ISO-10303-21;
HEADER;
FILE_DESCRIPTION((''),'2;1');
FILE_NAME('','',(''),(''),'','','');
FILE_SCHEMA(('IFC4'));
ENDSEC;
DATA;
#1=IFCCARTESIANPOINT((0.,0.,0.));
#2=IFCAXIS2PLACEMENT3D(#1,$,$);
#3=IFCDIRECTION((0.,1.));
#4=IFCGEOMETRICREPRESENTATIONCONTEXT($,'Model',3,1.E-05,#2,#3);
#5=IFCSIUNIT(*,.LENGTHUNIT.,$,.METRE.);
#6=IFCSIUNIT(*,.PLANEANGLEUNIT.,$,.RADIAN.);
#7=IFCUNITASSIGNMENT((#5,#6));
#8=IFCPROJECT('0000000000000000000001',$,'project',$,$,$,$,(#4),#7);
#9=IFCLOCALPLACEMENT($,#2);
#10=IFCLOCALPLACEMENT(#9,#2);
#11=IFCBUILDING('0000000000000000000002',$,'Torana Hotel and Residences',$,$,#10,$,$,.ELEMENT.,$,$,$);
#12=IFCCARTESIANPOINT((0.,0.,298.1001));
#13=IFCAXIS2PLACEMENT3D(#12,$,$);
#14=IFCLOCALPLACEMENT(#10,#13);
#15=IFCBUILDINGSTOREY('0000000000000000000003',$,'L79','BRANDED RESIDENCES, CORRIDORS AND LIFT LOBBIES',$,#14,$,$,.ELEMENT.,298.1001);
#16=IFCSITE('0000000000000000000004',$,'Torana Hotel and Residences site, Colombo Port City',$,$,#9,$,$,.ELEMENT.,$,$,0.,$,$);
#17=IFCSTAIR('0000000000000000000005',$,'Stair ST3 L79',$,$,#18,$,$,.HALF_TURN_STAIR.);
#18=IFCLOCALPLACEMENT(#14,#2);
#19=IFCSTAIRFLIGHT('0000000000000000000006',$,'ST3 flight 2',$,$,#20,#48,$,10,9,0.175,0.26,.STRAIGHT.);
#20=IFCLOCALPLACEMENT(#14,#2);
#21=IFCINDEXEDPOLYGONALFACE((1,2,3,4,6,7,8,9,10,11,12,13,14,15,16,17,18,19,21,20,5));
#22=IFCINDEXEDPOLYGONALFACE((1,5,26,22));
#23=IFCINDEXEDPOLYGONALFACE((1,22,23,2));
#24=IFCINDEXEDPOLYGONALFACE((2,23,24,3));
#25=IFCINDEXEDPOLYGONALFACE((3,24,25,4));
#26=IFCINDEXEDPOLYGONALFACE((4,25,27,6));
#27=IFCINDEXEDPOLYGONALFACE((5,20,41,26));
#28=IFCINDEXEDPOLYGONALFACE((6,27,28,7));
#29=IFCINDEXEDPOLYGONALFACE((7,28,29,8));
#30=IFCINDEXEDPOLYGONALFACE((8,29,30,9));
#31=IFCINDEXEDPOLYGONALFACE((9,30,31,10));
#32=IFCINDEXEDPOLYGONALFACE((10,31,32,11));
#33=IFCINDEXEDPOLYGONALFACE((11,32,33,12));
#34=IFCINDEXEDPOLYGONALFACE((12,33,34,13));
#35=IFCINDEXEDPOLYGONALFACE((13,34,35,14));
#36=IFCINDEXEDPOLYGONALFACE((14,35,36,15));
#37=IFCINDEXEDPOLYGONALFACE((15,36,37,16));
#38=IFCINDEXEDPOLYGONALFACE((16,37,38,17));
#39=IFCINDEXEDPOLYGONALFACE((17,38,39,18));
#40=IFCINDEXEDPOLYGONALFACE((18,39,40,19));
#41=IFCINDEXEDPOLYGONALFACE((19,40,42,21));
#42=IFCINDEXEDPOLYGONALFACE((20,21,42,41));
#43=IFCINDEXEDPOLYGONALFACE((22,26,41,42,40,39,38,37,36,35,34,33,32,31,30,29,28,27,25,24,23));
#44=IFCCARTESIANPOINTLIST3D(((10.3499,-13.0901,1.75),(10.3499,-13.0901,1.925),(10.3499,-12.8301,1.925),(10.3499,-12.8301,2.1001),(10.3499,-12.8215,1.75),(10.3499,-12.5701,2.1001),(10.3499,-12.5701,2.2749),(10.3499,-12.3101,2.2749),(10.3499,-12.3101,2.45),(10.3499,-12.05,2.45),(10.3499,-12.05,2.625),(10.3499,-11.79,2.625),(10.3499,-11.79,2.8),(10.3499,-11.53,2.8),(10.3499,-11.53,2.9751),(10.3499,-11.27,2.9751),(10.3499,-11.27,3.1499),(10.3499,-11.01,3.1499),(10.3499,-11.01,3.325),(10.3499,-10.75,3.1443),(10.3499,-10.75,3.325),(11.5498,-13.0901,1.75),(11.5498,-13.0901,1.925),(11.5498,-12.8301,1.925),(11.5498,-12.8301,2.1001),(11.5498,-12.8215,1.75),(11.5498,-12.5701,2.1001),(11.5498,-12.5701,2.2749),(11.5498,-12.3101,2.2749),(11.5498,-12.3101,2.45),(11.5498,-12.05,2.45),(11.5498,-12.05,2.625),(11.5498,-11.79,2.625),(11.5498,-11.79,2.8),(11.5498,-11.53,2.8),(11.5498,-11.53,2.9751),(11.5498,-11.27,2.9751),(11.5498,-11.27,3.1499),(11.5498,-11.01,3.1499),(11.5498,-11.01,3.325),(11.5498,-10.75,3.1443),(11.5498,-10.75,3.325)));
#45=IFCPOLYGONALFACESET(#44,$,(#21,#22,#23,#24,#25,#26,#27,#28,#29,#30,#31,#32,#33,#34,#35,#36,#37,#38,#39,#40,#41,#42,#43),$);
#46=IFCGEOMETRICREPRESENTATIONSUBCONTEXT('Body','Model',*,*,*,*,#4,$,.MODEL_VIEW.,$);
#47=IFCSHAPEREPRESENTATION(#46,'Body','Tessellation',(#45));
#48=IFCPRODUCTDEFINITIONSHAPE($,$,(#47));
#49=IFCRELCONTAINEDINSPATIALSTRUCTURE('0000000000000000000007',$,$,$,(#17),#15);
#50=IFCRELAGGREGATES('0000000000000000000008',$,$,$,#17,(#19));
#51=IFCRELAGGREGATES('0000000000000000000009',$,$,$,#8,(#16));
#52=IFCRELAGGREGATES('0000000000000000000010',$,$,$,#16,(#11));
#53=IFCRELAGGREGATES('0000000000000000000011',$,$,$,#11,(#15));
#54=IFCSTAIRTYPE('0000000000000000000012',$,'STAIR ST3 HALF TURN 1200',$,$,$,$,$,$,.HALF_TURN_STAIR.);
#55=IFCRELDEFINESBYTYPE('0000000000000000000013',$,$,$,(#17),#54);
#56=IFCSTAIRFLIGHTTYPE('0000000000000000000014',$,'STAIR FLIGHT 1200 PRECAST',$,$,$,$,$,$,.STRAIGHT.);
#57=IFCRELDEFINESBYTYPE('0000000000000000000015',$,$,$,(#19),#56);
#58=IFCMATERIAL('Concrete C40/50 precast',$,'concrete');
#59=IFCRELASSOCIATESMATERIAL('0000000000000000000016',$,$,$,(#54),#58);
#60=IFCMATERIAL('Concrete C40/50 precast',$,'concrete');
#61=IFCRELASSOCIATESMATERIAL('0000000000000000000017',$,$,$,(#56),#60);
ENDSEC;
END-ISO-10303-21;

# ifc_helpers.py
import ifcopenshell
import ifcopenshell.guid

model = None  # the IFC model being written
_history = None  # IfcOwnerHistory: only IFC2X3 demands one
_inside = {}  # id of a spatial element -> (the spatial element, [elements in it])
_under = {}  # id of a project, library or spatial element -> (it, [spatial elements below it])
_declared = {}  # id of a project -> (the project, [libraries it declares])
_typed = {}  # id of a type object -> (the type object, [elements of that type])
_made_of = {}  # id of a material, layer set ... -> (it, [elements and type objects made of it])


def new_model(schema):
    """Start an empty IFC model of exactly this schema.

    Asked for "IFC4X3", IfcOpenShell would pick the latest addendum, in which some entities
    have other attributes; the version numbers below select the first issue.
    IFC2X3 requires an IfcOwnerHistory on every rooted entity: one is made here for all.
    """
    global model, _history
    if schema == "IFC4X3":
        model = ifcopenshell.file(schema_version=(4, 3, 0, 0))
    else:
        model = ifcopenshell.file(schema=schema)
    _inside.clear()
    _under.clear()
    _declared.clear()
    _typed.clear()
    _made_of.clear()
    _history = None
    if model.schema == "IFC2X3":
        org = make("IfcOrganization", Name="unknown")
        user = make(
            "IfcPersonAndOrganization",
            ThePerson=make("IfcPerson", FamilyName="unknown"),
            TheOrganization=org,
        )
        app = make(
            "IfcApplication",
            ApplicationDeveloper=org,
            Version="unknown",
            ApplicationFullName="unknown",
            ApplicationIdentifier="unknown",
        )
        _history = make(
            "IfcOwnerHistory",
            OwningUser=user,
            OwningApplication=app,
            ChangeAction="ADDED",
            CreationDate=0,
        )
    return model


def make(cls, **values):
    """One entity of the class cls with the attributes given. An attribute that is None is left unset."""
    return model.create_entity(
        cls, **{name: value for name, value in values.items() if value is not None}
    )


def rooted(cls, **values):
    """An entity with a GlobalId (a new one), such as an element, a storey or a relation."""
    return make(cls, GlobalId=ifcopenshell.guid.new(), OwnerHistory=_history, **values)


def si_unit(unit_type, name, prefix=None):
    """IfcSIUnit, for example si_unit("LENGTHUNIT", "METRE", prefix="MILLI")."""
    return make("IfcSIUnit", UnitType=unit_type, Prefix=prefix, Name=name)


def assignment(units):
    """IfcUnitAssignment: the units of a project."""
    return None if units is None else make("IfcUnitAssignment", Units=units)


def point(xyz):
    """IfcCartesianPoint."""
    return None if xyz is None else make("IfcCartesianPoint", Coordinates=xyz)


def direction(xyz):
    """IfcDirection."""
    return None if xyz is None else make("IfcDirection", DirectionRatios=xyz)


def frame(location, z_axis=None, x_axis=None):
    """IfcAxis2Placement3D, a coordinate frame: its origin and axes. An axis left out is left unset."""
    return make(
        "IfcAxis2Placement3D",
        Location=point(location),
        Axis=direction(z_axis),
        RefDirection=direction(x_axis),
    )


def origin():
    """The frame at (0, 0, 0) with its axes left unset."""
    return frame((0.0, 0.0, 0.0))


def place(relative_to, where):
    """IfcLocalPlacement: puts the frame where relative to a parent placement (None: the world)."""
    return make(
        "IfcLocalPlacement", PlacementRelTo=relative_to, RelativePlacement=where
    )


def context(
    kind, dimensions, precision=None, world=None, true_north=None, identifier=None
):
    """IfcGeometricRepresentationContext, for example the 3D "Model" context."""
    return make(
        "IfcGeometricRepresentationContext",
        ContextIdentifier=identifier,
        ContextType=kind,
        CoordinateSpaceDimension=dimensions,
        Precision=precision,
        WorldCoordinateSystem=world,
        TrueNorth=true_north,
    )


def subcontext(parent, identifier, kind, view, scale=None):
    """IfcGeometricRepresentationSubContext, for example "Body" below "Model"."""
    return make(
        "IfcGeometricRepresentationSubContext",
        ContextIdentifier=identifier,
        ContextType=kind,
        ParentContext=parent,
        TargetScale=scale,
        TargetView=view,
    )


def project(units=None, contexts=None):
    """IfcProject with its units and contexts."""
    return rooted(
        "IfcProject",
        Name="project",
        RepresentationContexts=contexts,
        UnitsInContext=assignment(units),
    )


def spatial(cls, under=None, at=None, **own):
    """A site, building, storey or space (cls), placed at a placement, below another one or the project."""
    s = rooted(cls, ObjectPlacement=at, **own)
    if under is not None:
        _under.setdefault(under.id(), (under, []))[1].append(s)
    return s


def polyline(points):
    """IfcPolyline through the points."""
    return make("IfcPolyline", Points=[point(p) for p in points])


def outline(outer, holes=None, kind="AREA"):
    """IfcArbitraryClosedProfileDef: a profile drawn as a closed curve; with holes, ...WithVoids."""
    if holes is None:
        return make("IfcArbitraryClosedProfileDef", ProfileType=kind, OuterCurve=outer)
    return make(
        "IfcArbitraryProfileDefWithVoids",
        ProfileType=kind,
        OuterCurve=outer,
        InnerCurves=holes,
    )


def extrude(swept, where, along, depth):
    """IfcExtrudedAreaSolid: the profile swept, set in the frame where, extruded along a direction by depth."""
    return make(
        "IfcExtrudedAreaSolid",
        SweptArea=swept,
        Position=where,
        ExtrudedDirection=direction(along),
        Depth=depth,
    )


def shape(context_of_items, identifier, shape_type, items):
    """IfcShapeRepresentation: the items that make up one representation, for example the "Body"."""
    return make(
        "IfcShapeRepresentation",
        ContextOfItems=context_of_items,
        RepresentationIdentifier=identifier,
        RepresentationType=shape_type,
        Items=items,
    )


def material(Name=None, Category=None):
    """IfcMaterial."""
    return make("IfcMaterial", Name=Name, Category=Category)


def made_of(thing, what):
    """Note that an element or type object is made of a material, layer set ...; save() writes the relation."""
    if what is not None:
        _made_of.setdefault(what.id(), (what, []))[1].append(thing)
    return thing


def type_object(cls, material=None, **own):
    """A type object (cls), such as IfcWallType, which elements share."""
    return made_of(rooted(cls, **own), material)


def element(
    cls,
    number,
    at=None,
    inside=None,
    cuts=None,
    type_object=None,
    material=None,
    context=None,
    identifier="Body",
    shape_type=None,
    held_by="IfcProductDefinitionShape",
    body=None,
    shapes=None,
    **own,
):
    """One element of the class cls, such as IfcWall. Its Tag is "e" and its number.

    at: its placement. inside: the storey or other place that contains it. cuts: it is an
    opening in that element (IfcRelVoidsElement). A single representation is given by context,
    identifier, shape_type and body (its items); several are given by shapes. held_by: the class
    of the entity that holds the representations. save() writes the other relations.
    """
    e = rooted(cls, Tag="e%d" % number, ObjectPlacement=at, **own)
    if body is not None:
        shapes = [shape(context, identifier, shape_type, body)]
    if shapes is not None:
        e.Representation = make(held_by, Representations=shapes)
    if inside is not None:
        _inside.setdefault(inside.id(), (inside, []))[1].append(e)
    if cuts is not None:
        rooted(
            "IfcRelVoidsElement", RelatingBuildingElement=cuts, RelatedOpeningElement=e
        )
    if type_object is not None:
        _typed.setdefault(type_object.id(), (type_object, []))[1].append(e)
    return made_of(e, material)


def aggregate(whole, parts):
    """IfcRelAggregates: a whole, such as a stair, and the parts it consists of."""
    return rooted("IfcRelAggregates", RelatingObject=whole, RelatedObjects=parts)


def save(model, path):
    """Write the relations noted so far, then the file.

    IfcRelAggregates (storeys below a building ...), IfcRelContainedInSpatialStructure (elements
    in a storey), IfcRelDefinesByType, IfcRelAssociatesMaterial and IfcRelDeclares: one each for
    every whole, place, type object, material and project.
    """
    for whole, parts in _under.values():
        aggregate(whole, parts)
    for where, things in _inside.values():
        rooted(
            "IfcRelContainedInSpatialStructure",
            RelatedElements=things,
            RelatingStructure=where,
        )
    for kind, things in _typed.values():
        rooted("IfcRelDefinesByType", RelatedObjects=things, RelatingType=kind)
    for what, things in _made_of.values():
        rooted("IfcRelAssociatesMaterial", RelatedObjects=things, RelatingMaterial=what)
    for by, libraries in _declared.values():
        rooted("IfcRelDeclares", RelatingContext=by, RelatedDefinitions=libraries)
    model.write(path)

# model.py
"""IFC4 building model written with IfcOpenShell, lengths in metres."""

from ifc_helpers import new_model, si_unit, direction, frame, origin, place, context, subcontext, project, spatial, polyline, outline, extrude, material, type_object, element, aggregate, save


model = new_model("IFC4")

# Units and contexts
model_context = context("Model", 3, precision=1e-05, world=origin(), true_north=direction((0.0, 1.0)))
body_context = subcontext(model_context, "Body", "Model", "MODEL_VIEW")
ifc_project = project(units=[si_unit("LENGTHUNIT", "METRE"), si_unit("PLANEANGLEUNIT", "RADIAN")], contexts=[model_context])

# Site, building, storey
site_placement = place(None, origin())
site = spatial("IfcSite", under=ifc_project, at=site_placement, Name="Torana Hotel and Residences site, Colombo Port City", CompositionType="ELEMENT", RefElevation=0.0)
building_placement = place(site_placement, origin())
building = spatial("IfcBuilding", under=site, at=building_placement, Name="Torana Hotel and Residences", CompositionType="ELEMENT")
storey_placement = place(building_placement, frame((0.0, 0.0, 298.1001)))
storey = spatial("IfcBuildingStorey", under=building, at=storey_placement, Name="L79", Description="BRANDED RESIDENCES, CORRIDORS AND LIFT LOBBIES", CompositionType="ELEMENT", Elevation=298.1001)

# Stair, stair flight
ifc_material_1 = material(Name="Concrete C40/50 precast", Category="concrete")
stair_type = type_object("IfcStairType", Name="STAIR ST3 HALF TURN 1200", PredefinedType="HALF_TURN_STAIR", material=ifc_material_1)
stair_placement = place(storey_placement, origin())
stair = element("IfcStair", 1, at=stair_placement, inside=storey, type_object=stair_type, Name="Stair ST3 L79", PredefinedType="HALF_TURN_STAIR")
ifc_material_2 = material(Name="Concrete C40/50 precast", Category="concrete")
stair_flight_type = type_object("IfcStairFlightType", Name="STAIR FLIGHT 1200 PRECAST", PredefinedType="STRAIGHT", material=ifc_material_2)
stair_flight_placement = place(storey_placement, frame((10.95, -13.0901, 1.75), z_axis=(0.0, 0.0, 1.0), x_axis=(0.0, 1.0, 0.0)))
stair_flight = element("IfcStairFlight", 2, at=stair_flight_placement, type_object=stair_flight_type, Name="ST3 flight 2", NumberOfRisers=10, NumberOfTreads=9, PredefinedType="STRAIGHT", RiserHeight=0.175, TreadLength=0.26, context=body_context, shape_type="SweptSolid", body=[
    extrude(outline(polyline([(0.0, 0.0), (0.0, 0.175), (0.26, 0.175), (0.26, 0.3501), (0.52, 0.3501), (0.52, 0.5249), (0.78, 0.5249), (0.78, 0.7), (1.04, 0.7), (1.04, 0.875), (1.3, 0.875), (1.3, 1.05), (1.5601, 1.05), (1.5601, 1.2251), (1.8201, 1.2251), (1.8201, 1.3999), (2.0801, 1.3999), (2.0801, 1.575), (2.3401, 1.575), (2.3401, 1.75), (2.3401, 1.3943), (0.2686, 0.0), (0.0, 0.0)])), frame((0.0, 0.6001, 0.0), z_axis=(0.0, -1.0, 0.0), x_axis=(1.0, 0.0, 0.0)), (0.0, 0.0, 1.0), 1.2),
])
aggregate(stair, [stair_flight])

save(model, "model.ifc")
